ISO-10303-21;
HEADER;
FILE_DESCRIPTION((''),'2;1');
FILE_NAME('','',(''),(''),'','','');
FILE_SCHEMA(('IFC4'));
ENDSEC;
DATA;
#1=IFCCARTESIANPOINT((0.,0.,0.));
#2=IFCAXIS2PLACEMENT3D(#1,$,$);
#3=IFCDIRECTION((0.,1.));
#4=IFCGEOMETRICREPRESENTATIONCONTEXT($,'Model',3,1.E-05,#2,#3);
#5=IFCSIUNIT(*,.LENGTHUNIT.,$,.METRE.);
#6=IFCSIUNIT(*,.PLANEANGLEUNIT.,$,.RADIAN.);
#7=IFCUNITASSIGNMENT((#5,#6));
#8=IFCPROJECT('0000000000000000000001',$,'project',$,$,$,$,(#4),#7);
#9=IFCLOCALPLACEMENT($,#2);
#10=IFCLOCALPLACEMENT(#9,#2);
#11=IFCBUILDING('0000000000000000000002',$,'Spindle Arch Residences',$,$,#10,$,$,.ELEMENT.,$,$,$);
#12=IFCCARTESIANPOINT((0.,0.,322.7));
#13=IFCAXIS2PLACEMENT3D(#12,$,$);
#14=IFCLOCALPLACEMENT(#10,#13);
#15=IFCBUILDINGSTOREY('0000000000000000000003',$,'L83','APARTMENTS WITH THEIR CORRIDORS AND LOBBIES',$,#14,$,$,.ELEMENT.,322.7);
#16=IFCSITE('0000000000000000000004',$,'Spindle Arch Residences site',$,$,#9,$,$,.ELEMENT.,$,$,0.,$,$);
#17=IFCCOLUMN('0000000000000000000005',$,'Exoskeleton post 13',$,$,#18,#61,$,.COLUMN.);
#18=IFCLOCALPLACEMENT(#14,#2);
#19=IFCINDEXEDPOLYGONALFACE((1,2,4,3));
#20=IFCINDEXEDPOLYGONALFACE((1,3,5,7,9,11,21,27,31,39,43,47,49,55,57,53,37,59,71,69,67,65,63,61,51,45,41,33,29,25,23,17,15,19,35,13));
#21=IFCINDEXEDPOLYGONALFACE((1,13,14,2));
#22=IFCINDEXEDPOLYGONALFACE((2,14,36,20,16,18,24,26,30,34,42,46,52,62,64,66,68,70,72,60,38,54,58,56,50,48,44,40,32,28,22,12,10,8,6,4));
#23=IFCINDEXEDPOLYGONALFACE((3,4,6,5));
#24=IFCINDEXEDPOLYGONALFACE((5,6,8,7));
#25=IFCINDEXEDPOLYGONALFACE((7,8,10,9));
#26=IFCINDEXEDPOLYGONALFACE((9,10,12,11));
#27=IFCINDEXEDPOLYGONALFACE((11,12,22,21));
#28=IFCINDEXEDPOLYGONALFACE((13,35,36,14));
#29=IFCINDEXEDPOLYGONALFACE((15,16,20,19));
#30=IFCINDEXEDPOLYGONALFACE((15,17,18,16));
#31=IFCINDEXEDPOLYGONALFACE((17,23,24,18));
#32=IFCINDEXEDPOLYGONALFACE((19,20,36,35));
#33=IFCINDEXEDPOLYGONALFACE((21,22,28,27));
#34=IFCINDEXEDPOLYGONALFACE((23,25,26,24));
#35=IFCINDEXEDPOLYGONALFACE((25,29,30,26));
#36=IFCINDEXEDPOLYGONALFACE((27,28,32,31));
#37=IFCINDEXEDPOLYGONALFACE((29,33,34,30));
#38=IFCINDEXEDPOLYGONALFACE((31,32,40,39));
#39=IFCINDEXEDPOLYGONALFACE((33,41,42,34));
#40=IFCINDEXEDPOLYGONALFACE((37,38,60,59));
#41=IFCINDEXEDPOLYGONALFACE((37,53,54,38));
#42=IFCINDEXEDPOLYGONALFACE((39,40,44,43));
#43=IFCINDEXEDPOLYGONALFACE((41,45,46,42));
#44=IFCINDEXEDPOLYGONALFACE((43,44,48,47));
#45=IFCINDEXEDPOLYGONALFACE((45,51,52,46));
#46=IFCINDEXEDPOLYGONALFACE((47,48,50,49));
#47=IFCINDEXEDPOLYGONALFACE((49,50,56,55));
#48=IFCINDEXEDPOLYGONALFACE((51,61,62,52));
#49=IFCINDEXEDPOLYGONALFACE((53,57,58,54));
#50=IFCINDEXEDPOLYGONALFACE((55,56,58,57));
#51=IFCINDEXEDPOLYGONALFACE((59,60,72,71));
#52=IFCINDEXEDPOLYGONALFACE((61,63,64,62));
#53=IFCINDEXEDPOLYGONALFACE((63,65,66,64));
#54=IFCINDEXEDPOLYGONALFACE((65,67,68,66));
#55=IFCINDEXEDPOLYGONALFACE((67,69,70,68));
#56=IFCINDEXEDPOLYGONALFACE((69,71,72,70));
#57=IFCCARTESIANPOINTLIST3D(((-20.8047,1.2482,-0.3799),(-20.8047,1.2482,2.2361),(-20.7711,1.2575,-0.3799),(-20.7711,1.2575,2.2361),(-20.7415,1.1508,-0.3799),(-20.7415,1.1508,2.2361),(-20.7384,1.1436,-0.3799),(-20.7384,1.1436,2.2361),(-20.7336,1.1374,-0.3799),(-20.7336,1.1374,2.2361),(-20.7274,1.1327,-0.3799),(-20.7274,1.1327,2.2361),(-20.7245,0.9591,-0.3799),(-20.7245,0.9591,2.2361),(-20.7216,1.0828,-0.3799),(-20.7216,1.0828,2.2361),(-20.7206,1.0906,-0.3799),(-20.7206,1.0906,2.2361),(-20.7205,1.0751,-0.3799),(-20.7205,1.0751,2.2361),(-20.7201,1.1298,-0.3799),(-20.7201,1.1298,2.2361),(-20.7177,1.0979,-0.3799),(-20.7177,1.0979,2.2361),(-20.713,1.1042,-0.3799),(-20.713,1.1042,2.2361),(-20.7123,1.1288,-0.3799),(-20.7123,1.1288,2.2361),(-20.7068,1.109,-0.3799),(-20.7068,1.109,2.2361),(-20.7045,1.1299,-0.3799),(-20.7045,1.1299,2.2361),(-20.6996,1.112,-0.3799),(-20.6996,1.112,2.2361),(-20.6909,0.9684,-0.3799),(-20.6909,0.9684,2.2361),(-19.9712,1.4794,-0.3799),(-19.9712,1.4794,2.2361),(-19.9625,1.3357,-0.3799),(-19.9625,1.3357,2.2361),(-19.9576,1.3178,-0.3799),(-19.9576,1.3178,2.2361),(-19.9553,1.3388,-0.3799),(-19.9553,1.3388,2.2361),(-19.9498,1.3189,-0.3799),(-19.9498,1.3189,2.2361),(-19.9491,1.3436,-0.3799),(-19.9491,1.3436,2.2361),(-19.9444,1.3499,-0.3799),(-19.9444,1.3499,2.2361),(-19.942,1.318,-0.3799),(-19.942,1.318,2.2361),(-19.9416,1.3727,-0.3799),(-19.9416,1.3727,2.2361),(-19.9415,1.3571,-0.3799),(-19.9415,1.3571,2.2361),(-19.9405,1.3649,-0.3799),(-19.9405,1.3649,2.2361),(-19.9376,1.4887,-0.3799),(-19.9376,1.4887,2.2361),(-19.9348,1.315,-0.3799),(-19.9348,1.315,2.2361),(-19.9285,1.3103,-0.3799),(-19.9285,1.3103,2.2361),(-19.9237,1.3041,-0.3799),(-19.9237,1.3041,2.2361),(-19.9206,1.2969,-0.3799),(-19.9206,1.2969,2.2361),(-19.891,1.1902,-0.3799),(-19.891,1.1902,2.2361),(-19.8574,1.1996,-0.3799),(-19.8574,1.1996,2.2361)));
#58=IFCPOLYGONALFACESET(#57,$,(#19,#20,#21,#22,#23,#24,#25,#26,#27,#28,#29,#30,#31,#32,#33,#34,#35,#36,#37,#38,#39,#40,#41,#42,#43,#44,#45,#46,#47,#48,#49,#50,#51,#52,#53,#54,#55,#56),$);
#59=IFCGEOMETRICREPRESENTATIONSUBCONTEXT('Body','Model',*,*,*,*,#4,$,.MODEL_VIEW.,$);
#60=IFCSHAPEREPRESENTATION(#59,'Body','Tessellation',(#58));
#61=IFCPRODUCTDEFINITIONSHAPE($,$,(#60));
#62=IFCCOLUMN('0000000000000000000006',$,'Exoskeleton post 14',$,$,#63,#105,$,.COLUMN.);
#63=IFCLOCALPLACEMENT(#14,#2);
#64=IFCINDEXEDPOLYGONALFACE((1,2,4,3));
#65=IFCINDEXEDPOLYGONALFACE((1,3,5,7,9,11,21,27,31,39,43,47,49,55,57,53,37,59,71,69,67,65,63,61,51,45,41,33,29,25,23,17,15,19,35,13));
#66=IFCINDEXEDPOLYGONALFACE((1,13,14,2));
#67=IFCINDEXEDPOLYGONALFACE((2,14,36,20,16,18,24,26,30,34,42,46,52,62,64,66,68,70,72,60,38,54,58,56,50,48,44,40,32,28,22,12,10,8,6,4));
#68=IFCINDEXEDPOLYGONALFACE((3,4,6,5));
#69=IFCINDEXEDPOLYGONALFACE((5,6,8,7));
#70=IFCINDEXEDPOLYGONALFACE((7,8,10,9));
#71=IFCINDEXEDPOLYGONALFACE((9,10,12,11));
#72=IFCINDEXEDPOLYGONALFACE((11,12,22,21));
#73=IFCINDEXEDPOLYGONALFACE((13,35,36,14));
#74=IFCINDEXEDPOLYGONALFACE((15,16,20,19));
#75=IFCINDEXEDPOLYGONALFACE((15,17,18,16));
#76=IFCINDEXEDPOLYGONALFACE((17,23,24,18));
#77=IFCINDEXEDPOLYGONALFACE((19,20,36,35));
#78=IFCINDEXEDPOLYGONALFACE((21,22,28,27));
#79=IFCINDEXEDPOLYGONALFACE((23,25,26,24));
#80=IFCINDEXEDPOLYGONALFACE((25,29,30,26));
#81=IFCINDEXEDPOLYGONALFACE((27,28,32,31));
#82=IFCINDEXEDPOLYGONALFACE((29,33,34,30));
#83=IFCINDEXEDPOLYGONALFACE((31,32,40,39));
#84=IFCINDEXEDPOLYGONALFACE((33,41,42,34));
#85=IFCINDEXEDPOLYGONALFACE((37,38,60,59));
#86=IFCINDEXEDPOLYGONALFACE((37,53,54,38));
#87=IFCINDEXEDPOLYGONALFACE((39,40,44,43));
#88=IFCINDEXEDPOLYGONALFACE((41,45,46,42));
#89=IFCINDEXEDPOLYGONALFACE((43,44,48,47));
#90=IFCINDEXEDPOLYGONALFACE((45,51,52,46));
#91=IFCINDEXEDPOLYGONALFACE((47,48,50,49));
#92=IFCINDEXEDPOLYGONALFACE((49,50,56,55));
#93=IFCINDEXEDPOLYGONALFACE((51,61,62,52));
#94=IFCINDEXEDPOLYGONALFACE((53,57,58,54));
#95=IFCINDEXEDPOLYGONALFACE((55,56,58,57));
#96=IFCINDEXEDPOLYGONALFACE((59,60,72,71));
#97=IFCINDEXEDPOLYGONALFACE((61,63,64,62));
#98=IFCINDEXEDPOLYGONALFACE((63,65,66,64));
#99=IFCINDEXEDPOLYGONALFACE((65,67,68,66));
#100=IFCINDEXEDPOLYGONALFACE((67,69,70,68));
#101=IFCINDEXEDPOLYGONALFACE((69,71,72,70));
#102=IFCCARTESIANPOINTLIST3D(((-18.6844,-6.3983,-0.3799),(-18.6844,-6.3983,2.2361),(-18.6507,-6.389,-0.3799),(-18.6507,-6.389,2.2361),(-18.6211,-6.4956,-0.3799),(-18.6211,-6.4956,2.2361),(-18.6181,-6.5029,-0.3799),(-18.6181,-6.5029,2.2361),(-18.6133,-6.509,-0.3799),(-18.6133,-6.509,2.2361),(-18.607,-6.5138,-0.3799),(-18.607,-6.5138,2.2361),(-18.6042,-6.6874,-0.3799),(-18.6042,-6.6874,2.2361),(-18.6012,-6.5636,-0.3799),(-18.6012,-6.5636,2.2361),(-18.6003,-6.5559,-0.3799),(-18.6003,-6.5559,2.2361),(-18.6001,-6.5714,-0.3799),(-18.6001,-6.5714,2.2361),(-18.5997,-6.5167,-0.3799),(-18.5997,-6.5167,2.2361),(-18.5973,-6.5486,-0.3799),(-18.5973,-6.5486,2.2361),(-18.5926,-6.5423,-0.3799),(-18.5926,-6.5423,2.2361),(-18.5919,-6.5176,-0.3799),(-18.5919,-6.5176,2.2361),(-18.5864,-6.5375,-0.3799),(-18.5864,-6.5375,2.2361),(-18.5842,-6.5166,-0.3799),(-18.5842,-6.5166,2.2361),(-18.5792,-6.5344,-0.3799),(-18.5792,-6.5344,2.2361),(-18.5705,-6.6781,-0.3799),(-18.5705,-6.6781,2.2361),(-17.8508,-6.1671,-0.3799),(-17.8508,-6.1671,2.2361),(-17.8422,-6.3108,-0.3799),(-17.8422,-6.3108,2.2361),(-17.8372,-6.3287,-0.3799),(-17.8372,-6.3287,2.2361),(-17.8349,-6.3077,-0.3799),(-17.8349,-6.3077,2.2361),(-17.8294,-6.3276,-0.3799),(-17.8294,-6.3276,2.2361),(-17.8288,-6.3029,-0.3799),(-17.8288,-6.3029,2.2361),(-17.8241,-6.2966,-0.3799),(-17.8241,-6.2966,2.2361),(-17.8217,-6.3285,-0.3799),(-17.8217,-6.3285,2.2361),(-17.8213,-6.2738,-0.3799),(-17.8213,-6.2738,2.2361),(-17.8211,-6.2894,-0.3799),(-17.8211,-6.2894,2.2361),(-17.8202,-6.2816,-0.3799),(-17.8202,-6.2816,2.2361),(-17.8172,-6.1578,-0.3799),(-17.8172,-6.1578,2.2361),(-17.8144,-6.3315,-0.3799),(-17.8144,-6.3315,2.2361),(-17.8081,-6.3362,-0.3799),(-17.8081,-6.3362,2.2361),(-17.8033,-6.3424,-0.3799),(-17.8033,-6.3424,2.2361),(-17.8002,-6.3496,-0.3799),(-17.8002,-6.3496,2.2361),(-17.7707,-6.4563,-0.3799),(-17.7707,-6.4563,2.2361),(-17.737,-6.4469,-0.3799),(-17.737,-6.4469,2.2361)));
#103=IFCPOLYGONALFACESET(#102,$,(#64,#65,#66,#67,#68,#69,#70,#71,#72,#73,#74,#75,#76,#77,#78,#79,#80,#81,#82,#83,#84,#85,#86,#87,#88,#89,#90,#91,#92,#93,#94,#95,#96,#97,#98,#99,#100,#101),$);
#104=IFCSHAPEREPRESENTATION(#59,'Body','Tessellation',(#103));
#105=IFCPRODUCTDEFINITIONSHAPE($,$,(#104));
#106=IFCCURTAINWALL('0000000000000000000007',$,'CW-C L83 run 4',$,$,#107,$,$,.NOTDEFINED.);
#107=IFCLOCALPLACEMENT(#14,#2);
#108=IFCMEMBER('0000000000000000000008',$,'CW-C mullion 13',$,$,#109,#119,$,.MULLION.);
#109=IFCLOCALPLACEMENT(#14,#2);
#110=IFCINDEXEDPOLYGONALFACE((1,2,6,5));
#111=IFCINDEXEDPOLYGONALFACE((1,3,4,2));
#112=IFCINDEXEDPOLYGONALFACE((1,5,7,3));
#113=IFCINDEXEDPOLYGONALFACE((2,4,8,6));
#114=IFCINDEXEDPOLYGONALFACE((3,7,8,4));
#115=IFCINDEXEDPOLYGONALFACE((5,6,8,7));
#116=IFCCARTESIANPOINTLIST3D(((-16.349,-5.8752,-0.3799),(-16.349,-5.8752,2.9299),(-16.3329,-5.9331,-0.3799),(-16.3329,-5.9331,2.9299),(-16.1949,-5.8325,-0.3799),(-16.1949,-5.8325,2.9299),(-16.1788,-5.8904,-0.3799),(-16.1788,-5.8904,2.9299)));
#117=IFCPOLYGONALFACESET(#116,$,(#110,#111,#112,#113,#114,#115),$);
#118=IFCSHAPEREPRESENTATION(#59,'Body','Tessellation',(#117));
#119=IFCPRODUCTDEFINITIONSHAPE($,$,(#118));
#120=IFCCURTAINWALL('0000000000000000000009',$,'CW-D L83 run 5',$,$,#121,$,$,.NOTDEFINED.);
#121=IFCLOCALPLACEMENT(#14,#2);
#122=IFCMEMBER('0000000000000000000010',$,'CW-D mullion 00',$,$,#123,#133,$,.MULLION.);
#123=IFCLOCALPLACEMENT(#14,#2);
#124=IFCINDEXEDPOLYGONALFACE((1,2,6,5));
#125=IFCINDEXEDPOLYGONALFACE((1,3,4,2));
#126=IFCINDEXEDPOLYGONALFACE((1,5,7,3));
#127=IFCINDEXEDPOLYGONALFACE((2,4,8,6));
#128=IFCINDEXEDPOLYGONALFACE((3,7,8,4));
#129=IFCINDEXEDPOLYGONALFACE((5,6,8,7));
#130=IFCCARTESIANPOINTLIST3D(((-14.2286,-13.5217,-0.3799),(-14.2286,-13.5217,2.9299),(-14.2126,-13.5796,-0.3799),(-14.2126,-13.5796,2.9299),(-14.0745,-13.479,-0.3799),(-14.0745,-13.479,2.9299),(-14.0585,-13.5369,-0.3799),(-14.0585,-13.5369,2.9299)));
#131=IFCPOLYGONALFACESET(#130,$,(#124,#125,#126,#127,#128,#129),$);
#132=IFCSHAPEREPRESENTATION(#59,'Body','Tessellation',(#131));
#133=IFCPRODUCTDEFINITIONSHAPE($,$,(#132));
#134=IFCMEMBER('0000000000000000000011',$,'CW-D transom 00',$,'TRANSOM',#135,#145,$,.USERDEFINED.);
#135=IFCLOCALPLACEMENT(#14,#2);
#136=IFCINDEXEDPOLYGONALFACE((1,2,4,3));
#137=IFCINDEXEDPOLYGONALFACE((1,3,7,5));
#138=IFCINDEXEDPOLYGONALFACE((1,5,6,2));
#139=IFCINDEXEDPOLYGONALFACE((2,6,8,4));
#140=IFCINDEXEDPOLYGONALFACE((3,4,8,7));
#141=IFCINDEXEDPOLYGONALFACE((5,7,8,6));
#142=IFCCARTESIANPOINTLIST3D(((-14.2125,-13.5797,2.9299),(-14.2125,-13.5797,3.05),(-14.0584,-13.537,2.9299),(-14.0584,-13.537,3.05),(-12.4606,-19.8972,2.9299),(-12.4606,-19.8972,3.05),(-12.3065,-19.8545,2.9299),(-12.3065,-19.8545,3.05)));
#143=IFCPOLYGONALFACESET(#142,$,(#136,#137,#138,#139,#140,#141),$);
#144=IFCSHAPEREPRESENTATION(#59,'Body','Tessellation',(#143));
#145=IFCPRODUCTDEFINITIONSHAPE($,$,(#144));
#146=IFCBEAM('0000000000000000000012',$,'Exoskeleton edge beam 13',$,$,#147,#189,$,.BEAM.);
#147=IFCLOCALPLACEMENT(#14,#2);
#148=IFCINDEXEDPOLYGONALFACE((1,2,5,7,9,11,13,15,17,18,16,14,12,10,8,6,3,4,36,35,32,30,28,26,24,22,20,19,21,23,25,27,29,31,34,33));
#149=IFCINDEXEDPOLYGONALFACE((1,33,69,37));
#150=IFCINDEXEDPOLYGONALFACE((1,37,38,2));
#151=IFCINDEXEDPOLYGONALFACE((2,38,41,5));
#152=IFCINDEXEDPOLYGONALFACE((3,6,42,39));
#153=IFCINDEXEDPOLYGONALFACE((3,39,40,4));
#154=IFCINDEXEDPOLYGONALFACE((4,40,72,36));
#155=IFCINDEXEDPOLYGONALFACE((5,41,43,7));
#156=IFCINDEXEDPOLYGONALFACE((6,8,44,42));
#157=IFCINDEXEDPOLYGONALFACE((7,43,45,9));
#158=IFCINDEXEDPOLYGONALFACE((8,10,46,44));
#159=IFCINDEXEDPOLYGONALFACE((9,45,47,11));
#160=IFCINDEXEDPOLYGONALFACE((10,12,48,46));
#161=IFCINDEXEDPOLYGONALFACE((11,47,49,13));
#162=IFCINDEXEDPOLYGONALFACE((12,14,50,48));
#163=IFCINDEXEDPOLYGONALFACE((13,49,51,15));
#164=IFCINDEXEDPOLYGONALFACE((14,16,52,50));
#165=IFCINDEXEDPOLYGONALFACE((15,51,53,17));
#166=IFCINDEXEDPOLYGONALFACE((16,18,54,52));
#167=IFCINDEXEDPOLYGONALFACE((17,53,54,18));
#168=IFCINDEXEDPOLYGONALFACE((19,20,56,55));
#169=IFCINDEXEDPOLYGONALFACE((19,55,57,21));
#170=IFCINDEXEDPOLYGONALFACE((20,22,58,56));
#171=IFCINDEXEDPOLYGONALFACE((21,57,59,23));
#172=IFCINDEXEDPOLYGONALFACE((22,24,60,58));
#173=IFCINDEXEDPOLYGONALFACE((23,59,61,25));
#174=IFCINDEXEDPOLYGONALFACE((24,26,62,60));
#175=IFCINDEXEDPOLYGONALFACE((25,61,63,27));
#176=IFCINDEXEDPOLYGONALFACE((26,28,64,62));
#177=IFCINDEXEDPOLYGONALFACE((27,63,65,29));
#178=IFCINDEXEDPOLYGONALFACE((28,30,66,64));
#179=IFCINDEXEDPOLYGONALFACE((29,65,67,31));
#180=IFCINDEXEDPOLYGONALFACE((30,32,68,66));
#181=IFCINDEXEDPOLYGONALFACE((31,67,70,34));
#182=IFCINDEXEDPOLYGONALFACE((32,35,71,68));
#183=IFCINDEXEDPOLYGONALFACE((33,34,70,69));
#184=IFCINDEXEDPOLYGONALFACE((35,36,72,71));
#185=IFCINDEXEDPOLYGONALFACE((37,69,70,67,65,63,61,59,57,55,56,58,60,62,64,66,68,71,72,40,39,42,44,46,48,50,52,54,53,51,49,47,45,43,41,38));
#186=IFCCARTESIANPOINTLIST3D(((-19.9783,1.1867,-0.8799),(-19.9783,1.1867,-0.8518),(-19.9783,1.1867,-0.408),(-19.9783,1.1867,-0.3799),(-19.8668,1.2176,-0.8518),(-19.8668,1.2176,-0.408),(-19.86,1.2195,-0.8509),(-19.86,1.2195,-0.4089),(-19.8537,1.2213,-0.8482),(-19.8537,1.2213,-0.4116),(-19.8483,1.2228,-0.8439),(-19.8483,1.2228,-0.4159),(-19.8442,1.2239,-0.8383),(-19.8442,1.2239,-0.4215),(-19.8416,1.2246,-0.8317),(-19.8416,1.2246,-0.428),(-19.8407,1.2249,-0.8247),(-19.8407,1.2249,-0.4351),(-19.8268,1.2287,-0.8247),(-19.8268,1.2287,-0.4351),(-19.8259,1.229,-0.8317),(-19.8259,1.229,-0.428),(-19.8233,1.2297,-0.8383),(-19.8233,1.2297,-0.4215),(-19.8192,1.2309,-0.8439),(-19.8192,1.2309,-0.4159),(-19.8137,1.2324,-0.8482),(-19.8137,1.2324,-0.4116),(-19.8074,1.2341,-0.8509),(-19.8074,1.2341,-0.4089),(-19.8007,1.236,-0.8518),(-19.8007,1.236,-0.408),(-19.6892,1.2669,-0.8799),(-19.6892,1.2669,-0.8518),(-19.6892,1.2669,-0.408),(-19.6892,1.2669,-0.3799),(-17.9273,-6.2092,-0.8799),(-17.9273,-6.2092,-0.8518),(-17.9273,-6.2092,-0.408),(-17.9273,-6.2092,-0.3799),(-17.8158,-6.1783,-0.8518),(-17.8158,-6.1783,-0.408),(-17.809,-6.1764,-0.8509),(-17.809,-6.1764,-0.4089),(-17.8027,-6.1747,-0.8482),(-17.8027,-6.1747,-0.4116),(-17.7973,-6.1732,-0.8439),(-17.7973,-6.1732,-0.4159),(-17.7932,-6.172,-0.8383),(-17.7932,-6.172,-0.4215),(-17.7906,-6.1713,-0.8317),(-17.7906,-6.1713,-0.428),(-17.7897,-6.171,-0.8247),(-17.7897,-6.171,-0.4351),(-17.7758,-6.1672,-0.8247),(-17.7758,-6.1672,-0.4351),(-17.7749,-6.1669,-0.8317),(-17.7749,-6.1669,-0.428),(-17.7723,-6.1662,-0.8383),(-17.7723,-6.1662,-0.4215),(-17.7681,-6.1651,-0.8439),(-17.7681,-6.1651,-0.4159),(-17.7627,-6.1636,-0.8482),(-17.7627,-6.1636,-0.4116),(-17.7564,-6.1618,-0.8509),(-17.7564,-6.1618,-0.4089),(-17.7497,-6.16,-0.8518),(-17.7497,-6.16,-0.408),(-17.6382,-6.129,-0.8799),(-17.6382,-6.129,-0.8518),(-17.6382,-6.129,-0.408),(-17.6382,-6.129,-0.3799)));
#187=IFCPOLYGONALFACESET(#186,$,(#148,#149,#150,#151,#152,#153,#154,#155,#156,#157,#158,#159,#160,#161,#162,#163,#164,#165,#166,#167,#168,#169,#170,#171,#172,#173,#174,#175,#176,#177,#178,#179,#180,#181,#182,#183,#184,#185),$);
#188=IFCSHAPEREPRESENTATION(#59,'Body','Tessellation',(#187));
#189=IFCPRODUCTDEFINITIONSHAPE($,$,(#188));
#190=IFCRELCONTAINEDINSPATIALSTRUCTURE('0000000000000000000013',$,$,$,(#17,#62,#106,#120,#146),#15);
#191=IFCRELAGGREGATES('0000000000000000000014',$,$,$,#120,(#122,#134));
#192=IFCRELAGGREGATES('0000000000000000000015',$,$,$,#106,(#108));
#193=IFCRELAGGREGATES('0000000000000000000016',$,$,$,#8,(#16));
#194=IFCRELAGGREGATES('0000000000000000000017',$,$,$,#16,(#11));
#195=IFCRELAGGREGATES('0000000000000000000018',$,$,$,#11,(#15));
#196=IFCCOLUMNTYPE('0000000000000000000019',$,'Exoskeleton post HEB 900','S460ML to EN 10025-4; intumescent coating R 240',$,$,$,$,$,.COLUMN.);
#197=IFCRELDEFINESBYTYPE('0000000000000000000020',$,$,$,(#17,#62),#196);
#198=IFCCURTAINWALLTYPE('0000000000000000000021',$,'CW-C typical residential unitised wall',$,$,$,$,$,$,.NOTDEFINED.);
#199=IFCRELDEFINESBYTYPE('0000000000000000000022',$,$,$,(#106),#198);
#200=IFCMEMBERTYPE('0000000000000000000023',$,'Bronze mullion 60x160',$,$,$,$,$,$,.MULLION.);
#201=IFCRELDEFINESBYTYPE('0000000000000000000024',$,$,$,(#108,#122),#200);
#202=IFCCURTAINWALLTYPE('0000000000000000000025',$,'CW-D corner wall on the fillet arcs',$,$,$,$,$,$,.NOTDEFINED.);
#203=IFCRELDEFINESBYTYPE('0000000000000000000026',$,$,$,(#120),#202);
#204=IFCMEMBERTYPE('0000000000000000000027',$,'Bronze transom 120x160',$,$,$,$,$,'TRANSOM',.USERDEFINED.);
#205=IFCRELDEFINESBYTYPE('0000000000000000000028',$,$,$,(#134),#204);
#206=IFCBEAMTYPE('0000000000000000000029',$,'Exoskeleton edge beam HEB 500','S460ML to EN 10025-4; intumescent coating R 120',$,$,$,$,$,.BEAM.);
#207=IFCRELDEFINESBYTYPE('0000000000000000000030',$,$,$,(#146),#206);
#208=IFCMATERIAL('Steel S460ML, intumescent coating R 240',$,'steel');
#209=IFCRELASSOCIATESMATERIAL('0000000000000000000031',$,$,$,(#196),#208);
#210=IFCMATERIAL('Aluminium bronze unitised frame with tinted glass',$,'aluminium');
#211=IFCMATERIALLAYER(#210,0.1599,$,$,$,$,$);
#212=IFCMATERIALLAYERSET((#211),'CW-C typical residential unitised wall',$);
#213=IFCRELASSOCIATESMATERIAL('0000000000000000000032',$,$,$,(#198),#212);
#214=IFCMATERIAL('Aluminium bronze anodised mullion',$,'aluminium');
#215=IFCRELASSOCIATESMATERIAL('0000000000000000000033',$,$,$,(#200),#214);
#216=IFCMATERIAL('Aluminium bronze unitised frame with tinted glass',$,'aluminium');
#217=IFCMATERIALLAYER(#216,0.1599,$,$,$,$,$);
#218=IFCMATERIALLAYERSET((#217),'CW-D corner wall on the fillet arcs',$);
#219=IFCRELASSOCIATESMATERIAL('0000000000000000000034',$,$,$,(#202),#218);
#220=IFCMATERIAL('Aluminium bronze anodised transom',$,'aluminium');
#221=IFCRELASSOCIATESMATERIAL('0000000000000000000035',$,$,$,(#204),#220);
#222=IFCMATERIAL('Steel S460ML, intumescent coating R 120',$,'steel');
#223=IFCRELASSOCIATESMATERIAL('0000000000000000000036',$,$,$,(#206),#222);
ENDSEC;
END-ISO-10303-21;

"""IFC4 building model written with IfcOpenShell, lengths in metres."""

from ifc_helpers import new_model, si_unit, direction, frame, origin, origin_2d, place, context, subcontext, project, spatial, rectangle, i_section, extrude, material, layer, layer_set, material_profile, profile_set, type_object, element, aggregate, save


model = new_model("IFC4")

# Units and contexts
model_context = context("Model", 3, precision=1e-05, world=origin(), true_north=direction((0.0, 1.0)))
body_context = subcontext(model_context, "Body", "Model", "MODEL_VIEW")
ifc_project = project(units=[si_unit("LENGTHUNIT", "METRE"), si_unit("PLANEANGLEUNIT", "RADIAN")], contexts=[model_context])

# Site, building, storey
site_placement = place(None, origin())
site = spatial("IfcSite", under=ifc_project, at=site_placement, Name="Spindle Arch Residences site", CompositionType="ELEMENT", RefElevation=0.0)
building_placement = place(site_placement, origin())
building = spatial("IfcBuilding", under=site, at=building_placement, Name="Spindle Arch Residences", CompositionType="ELEMENT")
storey_placement = place(building_placement, frame((0.0, 0.0, 322.7)))
storey = spatial("IfcBuildingStorey", under=building, at=storey_placement, Name="L83", Description="APARTMENTS WITH THEIR CORRIDORS AND LOBBIES", CompositionType="ELEMENT", Elevation=322.7)

# Columns
ifc_material_1 = material(Name="Steel S460ML, intumescent coating R 240", Category="steel")
ifc_material_profile_1 = material_profile(ifc_material_1, i_section(OverallWidth=0.3, OverallDepth=0.8999, WebThickness=0.0186, FlangeThickness=0.0349, FilletRadius=0.03, at=origin_2d()), Name="HEB 900")
ifc_profile_set_1 = profile_set([ifc_material_profile_1], Name="Steel S460ML, intumescent coating R 240")
column_type = type_object("IfcColumnType", Name="Exoskeleton post HEB 900", Description="S460ML to EN 10025-4; intumescent coating R 240", PredefinedType="COLUMN", material=ifc_profile_set_1)
for number, where, z_axis, x_axis, name in (
    (1, (-20.3311, 1.2239, -0.3799), (0.0, 0.0, 1.0), (-0.267238, 0.963631, 0.0), "Exoskeleton post 13"),
    (2, (-18.2107, -6.4226, -0.3799), (0.0, 0.0, 1.0), (-0.267238, 0.963631, 0.0), "Exoskeleton post 14"),
):
    element("IfcColumn", number, at=place(storey_placement, frame(where, z_axis=z_axis, x_axis=x_axis)), inside=storey, type_object=column_type, Name=name, PredefinedType="COLUMN", context=body_context, shape_type="SweptSolid", body=[
        extrude(i_section(OverallWidth=0.3, OverallDepth=0.8999, WebThickness=0.0186, FlangeThickness=0.0349, FilletRadius=0.03, at=origin_2d()), origin(), (0.0, 0.0, 1.0), 2.616),
    ])

# Curtain wall, member
ifc_material_2 = material(Name="Aluminium bronze unitised frame with tinted glass", Category="aluminium")
ifc_layer_1 = layer(ifc_material_2, 0.1599)
ifc_layer_set_1 = layer_set([ifc_layer_1], Name="CW-C typical residential unitised wall")
curtain_wall_type_1 = type_object("IfcCurtainWallType", Name="CW-C typical residential unitised wall", PredefinedType="NOTDEFINED", material=ifc_layer_set_1)
curtain_wall_1_placement = place(storey_placement, origin())
curtain_wall_1 = element("IfcCurtainWall", 3, at=curtain_wall_1_placement, inside=storey, type_object=curtain_wall_type_1, Name="CW-C L83 run 4", PredefinedType="NOTDEFINED")
ifc_material_3 = material(Name="Aluminium bronze anodised mullion", Category="aluminium")
ifc_material_profile_2 = material_profile(ifc_material_3, rectangle(XDim=0.1599, YDim=0.0601, at=origin_2d()), Name="MU 60x160")
ifc_profile_set_2 = profile_set([ifc_material_profile_2], Name="Aluminium bronze anodised mullion")
member_type_1 = type_object("IfcMemberType", Name="Bronze mullion 60x160", PredefinedType="MULLION", material=ifc_profile_set_2)
member_1_placement = place(storey_placement, frame((-16.2639, -5.8828, -0.3799), z_axis=(0.0, 0.0, 1.0), x_axis=(0.96363, 0.267238, 0.0)))
member_1 = element("IfcMember", 4, at=member_1_placement, type_object=member_type_1, Name="CW-C mullion 13", PredefinedType="MULLION", context=body_context, shape_type="SweptSolid", body=[
    extrude(rectangle(XDim=0.1599, YDim=0.0601, at=origin_2d()), origin(), (0.0, 0.0, 1.0), 3.3098),
])

# Curtain wall, members
ifc_material_4 = material(Name="Aluminium bronze unitised frame with tinted glass", Category="aluminium")
ifc_layer_2 = layer(ifc_material_4, 0.1599)
ifc_layer_set_2 = layer_set([ifc_layer_2], Name="CW-D corner wall on the fillet arcs")
curtain_wall_type_2 = type_object("IfcCurtainWallType", Name="CW-D corner wall on the fillet arcs", PredefinedType="NOTDEFINED", material=ifc_layer_set_2)
curtain_wall_2_placement = place(storey_placement, origin())
curtain_wall_2 = element("IfcCurtainWall", 5, at=curtain_wall_2_placement, inside=storey, type_object=curtain_wall_type_2, Name="CW-D L83 run 5", PredefinedType="NOTDEFINED")
member_2_placement = place(storey_placement, frame((-14.1436, -13.5293, -0.3799), z_axis=(0.0, 0.0, 1.0), x_axis=(0.96363, 0.267238, 0.0)))
member_2 = element("IfcMember", 6, at=member_2_placement, type_object=member_type_1, Name="CW-D mullion 00", PredefinedType="MULLION", context=body_context, shape_type="SweptSolid", body=[
    extrude(rectangle(XDim=0.1599, YDim=0.0601, at=origin_2d()), origin(), (0.0, 0.0, 1.0), 3.3098),
])
ifc_material_5 = material(Name="Aluminium bronze anodised transom", Category="aluminium")
ifc_material_profile_3 = material_profile(ifc_material_5, rectangle(XDim=0.1599, YDim=0.1201, at=origin_2d()), Name="TR 120x160")
ifc_profile_set_3 = profile_set([ifc_material_profile_3], Name="Aluminium bronze anodised transom")
member_type_2 = type_object("IfcMemberType", Name="Bronze transom 120x160", ElementType="TRANSOM", PredefinedType="USERDEFINED", material=ifc_profile_set_3)
member_3_placement = place(storey_placement, frame((-14.1355, -13.5583, 2.99), z_axis=(0.267237, -0.963631, 0.0), x_axis=(0.963631, 0.267237, 0.0)))
member_3 = element("IfcMember", 7, at=member_3_placement, type_object=member_type_2, Name="CW-D transom 00", ObjectType="TRANSOM", PredefinedType="USERDEFINED", context=body_context, shape_type="SweptSolid", body=[
    extrude(rectangle(XDim=0.1599, YDim=0.1201, at=origin_2d()), origin(), (0.0, 0.0, 1.0), 6.5559),
])
aggregate(curtain_wall_2, [member_2, member_3])

# Beam
ifc_material_6 = material(Name="Steel S460ML, intumescent coating R 120", Category="steel")
ifc_material_profile_4 = material_profile(ifc_material_6, i_section(OverallWidth=0.3, OverallDepth=0.5, WebThickness=0.0144, FlangeThickness=0.0281, FilletRadius=0.0271, at=origin_2d()), Name="HEB 500")
ifc_profile_set_4 = profile_set([ifc_material_profile_4], Name="Steel S460ML, intumescent coating R 120")
beam_type_1 = type_object("IfcBeamType", Name="Exoskeleton edge beam HEB 500", Description="S460ML to EN 10025-4; intumescent coating R 120", PredefinedType="BEAM", material=ifc_profile_set_4)
beam_1_placement = place(storey_placement, frame((-19.8337, 1.2268, -0.6299), z_axis=(0.26723, -0.963633, 0.0), x_axis=(0.963633, 0.26723, 0.0)))
element("IfcBeam", 8, at=beam_1_placement, inside=storey, type_object=beam_type_1, Name="Exoskeleton edge beam 13", PredefinedType="BEAM", context=body_context, shape_type="SweptSolid", body=[
    extrude(i_section(OverallWidth=0.3, OverallDepth=0.5, WebThickness=0.0144, FlangeThickness=0.0281, FilletRadius=0.0271, at=origin_2d()), origin(), (0.0, 0.0, 1.0), 7.675),
])

aggregate(curtain_wall_1, [member_1])

save(model, "model.ifc")
